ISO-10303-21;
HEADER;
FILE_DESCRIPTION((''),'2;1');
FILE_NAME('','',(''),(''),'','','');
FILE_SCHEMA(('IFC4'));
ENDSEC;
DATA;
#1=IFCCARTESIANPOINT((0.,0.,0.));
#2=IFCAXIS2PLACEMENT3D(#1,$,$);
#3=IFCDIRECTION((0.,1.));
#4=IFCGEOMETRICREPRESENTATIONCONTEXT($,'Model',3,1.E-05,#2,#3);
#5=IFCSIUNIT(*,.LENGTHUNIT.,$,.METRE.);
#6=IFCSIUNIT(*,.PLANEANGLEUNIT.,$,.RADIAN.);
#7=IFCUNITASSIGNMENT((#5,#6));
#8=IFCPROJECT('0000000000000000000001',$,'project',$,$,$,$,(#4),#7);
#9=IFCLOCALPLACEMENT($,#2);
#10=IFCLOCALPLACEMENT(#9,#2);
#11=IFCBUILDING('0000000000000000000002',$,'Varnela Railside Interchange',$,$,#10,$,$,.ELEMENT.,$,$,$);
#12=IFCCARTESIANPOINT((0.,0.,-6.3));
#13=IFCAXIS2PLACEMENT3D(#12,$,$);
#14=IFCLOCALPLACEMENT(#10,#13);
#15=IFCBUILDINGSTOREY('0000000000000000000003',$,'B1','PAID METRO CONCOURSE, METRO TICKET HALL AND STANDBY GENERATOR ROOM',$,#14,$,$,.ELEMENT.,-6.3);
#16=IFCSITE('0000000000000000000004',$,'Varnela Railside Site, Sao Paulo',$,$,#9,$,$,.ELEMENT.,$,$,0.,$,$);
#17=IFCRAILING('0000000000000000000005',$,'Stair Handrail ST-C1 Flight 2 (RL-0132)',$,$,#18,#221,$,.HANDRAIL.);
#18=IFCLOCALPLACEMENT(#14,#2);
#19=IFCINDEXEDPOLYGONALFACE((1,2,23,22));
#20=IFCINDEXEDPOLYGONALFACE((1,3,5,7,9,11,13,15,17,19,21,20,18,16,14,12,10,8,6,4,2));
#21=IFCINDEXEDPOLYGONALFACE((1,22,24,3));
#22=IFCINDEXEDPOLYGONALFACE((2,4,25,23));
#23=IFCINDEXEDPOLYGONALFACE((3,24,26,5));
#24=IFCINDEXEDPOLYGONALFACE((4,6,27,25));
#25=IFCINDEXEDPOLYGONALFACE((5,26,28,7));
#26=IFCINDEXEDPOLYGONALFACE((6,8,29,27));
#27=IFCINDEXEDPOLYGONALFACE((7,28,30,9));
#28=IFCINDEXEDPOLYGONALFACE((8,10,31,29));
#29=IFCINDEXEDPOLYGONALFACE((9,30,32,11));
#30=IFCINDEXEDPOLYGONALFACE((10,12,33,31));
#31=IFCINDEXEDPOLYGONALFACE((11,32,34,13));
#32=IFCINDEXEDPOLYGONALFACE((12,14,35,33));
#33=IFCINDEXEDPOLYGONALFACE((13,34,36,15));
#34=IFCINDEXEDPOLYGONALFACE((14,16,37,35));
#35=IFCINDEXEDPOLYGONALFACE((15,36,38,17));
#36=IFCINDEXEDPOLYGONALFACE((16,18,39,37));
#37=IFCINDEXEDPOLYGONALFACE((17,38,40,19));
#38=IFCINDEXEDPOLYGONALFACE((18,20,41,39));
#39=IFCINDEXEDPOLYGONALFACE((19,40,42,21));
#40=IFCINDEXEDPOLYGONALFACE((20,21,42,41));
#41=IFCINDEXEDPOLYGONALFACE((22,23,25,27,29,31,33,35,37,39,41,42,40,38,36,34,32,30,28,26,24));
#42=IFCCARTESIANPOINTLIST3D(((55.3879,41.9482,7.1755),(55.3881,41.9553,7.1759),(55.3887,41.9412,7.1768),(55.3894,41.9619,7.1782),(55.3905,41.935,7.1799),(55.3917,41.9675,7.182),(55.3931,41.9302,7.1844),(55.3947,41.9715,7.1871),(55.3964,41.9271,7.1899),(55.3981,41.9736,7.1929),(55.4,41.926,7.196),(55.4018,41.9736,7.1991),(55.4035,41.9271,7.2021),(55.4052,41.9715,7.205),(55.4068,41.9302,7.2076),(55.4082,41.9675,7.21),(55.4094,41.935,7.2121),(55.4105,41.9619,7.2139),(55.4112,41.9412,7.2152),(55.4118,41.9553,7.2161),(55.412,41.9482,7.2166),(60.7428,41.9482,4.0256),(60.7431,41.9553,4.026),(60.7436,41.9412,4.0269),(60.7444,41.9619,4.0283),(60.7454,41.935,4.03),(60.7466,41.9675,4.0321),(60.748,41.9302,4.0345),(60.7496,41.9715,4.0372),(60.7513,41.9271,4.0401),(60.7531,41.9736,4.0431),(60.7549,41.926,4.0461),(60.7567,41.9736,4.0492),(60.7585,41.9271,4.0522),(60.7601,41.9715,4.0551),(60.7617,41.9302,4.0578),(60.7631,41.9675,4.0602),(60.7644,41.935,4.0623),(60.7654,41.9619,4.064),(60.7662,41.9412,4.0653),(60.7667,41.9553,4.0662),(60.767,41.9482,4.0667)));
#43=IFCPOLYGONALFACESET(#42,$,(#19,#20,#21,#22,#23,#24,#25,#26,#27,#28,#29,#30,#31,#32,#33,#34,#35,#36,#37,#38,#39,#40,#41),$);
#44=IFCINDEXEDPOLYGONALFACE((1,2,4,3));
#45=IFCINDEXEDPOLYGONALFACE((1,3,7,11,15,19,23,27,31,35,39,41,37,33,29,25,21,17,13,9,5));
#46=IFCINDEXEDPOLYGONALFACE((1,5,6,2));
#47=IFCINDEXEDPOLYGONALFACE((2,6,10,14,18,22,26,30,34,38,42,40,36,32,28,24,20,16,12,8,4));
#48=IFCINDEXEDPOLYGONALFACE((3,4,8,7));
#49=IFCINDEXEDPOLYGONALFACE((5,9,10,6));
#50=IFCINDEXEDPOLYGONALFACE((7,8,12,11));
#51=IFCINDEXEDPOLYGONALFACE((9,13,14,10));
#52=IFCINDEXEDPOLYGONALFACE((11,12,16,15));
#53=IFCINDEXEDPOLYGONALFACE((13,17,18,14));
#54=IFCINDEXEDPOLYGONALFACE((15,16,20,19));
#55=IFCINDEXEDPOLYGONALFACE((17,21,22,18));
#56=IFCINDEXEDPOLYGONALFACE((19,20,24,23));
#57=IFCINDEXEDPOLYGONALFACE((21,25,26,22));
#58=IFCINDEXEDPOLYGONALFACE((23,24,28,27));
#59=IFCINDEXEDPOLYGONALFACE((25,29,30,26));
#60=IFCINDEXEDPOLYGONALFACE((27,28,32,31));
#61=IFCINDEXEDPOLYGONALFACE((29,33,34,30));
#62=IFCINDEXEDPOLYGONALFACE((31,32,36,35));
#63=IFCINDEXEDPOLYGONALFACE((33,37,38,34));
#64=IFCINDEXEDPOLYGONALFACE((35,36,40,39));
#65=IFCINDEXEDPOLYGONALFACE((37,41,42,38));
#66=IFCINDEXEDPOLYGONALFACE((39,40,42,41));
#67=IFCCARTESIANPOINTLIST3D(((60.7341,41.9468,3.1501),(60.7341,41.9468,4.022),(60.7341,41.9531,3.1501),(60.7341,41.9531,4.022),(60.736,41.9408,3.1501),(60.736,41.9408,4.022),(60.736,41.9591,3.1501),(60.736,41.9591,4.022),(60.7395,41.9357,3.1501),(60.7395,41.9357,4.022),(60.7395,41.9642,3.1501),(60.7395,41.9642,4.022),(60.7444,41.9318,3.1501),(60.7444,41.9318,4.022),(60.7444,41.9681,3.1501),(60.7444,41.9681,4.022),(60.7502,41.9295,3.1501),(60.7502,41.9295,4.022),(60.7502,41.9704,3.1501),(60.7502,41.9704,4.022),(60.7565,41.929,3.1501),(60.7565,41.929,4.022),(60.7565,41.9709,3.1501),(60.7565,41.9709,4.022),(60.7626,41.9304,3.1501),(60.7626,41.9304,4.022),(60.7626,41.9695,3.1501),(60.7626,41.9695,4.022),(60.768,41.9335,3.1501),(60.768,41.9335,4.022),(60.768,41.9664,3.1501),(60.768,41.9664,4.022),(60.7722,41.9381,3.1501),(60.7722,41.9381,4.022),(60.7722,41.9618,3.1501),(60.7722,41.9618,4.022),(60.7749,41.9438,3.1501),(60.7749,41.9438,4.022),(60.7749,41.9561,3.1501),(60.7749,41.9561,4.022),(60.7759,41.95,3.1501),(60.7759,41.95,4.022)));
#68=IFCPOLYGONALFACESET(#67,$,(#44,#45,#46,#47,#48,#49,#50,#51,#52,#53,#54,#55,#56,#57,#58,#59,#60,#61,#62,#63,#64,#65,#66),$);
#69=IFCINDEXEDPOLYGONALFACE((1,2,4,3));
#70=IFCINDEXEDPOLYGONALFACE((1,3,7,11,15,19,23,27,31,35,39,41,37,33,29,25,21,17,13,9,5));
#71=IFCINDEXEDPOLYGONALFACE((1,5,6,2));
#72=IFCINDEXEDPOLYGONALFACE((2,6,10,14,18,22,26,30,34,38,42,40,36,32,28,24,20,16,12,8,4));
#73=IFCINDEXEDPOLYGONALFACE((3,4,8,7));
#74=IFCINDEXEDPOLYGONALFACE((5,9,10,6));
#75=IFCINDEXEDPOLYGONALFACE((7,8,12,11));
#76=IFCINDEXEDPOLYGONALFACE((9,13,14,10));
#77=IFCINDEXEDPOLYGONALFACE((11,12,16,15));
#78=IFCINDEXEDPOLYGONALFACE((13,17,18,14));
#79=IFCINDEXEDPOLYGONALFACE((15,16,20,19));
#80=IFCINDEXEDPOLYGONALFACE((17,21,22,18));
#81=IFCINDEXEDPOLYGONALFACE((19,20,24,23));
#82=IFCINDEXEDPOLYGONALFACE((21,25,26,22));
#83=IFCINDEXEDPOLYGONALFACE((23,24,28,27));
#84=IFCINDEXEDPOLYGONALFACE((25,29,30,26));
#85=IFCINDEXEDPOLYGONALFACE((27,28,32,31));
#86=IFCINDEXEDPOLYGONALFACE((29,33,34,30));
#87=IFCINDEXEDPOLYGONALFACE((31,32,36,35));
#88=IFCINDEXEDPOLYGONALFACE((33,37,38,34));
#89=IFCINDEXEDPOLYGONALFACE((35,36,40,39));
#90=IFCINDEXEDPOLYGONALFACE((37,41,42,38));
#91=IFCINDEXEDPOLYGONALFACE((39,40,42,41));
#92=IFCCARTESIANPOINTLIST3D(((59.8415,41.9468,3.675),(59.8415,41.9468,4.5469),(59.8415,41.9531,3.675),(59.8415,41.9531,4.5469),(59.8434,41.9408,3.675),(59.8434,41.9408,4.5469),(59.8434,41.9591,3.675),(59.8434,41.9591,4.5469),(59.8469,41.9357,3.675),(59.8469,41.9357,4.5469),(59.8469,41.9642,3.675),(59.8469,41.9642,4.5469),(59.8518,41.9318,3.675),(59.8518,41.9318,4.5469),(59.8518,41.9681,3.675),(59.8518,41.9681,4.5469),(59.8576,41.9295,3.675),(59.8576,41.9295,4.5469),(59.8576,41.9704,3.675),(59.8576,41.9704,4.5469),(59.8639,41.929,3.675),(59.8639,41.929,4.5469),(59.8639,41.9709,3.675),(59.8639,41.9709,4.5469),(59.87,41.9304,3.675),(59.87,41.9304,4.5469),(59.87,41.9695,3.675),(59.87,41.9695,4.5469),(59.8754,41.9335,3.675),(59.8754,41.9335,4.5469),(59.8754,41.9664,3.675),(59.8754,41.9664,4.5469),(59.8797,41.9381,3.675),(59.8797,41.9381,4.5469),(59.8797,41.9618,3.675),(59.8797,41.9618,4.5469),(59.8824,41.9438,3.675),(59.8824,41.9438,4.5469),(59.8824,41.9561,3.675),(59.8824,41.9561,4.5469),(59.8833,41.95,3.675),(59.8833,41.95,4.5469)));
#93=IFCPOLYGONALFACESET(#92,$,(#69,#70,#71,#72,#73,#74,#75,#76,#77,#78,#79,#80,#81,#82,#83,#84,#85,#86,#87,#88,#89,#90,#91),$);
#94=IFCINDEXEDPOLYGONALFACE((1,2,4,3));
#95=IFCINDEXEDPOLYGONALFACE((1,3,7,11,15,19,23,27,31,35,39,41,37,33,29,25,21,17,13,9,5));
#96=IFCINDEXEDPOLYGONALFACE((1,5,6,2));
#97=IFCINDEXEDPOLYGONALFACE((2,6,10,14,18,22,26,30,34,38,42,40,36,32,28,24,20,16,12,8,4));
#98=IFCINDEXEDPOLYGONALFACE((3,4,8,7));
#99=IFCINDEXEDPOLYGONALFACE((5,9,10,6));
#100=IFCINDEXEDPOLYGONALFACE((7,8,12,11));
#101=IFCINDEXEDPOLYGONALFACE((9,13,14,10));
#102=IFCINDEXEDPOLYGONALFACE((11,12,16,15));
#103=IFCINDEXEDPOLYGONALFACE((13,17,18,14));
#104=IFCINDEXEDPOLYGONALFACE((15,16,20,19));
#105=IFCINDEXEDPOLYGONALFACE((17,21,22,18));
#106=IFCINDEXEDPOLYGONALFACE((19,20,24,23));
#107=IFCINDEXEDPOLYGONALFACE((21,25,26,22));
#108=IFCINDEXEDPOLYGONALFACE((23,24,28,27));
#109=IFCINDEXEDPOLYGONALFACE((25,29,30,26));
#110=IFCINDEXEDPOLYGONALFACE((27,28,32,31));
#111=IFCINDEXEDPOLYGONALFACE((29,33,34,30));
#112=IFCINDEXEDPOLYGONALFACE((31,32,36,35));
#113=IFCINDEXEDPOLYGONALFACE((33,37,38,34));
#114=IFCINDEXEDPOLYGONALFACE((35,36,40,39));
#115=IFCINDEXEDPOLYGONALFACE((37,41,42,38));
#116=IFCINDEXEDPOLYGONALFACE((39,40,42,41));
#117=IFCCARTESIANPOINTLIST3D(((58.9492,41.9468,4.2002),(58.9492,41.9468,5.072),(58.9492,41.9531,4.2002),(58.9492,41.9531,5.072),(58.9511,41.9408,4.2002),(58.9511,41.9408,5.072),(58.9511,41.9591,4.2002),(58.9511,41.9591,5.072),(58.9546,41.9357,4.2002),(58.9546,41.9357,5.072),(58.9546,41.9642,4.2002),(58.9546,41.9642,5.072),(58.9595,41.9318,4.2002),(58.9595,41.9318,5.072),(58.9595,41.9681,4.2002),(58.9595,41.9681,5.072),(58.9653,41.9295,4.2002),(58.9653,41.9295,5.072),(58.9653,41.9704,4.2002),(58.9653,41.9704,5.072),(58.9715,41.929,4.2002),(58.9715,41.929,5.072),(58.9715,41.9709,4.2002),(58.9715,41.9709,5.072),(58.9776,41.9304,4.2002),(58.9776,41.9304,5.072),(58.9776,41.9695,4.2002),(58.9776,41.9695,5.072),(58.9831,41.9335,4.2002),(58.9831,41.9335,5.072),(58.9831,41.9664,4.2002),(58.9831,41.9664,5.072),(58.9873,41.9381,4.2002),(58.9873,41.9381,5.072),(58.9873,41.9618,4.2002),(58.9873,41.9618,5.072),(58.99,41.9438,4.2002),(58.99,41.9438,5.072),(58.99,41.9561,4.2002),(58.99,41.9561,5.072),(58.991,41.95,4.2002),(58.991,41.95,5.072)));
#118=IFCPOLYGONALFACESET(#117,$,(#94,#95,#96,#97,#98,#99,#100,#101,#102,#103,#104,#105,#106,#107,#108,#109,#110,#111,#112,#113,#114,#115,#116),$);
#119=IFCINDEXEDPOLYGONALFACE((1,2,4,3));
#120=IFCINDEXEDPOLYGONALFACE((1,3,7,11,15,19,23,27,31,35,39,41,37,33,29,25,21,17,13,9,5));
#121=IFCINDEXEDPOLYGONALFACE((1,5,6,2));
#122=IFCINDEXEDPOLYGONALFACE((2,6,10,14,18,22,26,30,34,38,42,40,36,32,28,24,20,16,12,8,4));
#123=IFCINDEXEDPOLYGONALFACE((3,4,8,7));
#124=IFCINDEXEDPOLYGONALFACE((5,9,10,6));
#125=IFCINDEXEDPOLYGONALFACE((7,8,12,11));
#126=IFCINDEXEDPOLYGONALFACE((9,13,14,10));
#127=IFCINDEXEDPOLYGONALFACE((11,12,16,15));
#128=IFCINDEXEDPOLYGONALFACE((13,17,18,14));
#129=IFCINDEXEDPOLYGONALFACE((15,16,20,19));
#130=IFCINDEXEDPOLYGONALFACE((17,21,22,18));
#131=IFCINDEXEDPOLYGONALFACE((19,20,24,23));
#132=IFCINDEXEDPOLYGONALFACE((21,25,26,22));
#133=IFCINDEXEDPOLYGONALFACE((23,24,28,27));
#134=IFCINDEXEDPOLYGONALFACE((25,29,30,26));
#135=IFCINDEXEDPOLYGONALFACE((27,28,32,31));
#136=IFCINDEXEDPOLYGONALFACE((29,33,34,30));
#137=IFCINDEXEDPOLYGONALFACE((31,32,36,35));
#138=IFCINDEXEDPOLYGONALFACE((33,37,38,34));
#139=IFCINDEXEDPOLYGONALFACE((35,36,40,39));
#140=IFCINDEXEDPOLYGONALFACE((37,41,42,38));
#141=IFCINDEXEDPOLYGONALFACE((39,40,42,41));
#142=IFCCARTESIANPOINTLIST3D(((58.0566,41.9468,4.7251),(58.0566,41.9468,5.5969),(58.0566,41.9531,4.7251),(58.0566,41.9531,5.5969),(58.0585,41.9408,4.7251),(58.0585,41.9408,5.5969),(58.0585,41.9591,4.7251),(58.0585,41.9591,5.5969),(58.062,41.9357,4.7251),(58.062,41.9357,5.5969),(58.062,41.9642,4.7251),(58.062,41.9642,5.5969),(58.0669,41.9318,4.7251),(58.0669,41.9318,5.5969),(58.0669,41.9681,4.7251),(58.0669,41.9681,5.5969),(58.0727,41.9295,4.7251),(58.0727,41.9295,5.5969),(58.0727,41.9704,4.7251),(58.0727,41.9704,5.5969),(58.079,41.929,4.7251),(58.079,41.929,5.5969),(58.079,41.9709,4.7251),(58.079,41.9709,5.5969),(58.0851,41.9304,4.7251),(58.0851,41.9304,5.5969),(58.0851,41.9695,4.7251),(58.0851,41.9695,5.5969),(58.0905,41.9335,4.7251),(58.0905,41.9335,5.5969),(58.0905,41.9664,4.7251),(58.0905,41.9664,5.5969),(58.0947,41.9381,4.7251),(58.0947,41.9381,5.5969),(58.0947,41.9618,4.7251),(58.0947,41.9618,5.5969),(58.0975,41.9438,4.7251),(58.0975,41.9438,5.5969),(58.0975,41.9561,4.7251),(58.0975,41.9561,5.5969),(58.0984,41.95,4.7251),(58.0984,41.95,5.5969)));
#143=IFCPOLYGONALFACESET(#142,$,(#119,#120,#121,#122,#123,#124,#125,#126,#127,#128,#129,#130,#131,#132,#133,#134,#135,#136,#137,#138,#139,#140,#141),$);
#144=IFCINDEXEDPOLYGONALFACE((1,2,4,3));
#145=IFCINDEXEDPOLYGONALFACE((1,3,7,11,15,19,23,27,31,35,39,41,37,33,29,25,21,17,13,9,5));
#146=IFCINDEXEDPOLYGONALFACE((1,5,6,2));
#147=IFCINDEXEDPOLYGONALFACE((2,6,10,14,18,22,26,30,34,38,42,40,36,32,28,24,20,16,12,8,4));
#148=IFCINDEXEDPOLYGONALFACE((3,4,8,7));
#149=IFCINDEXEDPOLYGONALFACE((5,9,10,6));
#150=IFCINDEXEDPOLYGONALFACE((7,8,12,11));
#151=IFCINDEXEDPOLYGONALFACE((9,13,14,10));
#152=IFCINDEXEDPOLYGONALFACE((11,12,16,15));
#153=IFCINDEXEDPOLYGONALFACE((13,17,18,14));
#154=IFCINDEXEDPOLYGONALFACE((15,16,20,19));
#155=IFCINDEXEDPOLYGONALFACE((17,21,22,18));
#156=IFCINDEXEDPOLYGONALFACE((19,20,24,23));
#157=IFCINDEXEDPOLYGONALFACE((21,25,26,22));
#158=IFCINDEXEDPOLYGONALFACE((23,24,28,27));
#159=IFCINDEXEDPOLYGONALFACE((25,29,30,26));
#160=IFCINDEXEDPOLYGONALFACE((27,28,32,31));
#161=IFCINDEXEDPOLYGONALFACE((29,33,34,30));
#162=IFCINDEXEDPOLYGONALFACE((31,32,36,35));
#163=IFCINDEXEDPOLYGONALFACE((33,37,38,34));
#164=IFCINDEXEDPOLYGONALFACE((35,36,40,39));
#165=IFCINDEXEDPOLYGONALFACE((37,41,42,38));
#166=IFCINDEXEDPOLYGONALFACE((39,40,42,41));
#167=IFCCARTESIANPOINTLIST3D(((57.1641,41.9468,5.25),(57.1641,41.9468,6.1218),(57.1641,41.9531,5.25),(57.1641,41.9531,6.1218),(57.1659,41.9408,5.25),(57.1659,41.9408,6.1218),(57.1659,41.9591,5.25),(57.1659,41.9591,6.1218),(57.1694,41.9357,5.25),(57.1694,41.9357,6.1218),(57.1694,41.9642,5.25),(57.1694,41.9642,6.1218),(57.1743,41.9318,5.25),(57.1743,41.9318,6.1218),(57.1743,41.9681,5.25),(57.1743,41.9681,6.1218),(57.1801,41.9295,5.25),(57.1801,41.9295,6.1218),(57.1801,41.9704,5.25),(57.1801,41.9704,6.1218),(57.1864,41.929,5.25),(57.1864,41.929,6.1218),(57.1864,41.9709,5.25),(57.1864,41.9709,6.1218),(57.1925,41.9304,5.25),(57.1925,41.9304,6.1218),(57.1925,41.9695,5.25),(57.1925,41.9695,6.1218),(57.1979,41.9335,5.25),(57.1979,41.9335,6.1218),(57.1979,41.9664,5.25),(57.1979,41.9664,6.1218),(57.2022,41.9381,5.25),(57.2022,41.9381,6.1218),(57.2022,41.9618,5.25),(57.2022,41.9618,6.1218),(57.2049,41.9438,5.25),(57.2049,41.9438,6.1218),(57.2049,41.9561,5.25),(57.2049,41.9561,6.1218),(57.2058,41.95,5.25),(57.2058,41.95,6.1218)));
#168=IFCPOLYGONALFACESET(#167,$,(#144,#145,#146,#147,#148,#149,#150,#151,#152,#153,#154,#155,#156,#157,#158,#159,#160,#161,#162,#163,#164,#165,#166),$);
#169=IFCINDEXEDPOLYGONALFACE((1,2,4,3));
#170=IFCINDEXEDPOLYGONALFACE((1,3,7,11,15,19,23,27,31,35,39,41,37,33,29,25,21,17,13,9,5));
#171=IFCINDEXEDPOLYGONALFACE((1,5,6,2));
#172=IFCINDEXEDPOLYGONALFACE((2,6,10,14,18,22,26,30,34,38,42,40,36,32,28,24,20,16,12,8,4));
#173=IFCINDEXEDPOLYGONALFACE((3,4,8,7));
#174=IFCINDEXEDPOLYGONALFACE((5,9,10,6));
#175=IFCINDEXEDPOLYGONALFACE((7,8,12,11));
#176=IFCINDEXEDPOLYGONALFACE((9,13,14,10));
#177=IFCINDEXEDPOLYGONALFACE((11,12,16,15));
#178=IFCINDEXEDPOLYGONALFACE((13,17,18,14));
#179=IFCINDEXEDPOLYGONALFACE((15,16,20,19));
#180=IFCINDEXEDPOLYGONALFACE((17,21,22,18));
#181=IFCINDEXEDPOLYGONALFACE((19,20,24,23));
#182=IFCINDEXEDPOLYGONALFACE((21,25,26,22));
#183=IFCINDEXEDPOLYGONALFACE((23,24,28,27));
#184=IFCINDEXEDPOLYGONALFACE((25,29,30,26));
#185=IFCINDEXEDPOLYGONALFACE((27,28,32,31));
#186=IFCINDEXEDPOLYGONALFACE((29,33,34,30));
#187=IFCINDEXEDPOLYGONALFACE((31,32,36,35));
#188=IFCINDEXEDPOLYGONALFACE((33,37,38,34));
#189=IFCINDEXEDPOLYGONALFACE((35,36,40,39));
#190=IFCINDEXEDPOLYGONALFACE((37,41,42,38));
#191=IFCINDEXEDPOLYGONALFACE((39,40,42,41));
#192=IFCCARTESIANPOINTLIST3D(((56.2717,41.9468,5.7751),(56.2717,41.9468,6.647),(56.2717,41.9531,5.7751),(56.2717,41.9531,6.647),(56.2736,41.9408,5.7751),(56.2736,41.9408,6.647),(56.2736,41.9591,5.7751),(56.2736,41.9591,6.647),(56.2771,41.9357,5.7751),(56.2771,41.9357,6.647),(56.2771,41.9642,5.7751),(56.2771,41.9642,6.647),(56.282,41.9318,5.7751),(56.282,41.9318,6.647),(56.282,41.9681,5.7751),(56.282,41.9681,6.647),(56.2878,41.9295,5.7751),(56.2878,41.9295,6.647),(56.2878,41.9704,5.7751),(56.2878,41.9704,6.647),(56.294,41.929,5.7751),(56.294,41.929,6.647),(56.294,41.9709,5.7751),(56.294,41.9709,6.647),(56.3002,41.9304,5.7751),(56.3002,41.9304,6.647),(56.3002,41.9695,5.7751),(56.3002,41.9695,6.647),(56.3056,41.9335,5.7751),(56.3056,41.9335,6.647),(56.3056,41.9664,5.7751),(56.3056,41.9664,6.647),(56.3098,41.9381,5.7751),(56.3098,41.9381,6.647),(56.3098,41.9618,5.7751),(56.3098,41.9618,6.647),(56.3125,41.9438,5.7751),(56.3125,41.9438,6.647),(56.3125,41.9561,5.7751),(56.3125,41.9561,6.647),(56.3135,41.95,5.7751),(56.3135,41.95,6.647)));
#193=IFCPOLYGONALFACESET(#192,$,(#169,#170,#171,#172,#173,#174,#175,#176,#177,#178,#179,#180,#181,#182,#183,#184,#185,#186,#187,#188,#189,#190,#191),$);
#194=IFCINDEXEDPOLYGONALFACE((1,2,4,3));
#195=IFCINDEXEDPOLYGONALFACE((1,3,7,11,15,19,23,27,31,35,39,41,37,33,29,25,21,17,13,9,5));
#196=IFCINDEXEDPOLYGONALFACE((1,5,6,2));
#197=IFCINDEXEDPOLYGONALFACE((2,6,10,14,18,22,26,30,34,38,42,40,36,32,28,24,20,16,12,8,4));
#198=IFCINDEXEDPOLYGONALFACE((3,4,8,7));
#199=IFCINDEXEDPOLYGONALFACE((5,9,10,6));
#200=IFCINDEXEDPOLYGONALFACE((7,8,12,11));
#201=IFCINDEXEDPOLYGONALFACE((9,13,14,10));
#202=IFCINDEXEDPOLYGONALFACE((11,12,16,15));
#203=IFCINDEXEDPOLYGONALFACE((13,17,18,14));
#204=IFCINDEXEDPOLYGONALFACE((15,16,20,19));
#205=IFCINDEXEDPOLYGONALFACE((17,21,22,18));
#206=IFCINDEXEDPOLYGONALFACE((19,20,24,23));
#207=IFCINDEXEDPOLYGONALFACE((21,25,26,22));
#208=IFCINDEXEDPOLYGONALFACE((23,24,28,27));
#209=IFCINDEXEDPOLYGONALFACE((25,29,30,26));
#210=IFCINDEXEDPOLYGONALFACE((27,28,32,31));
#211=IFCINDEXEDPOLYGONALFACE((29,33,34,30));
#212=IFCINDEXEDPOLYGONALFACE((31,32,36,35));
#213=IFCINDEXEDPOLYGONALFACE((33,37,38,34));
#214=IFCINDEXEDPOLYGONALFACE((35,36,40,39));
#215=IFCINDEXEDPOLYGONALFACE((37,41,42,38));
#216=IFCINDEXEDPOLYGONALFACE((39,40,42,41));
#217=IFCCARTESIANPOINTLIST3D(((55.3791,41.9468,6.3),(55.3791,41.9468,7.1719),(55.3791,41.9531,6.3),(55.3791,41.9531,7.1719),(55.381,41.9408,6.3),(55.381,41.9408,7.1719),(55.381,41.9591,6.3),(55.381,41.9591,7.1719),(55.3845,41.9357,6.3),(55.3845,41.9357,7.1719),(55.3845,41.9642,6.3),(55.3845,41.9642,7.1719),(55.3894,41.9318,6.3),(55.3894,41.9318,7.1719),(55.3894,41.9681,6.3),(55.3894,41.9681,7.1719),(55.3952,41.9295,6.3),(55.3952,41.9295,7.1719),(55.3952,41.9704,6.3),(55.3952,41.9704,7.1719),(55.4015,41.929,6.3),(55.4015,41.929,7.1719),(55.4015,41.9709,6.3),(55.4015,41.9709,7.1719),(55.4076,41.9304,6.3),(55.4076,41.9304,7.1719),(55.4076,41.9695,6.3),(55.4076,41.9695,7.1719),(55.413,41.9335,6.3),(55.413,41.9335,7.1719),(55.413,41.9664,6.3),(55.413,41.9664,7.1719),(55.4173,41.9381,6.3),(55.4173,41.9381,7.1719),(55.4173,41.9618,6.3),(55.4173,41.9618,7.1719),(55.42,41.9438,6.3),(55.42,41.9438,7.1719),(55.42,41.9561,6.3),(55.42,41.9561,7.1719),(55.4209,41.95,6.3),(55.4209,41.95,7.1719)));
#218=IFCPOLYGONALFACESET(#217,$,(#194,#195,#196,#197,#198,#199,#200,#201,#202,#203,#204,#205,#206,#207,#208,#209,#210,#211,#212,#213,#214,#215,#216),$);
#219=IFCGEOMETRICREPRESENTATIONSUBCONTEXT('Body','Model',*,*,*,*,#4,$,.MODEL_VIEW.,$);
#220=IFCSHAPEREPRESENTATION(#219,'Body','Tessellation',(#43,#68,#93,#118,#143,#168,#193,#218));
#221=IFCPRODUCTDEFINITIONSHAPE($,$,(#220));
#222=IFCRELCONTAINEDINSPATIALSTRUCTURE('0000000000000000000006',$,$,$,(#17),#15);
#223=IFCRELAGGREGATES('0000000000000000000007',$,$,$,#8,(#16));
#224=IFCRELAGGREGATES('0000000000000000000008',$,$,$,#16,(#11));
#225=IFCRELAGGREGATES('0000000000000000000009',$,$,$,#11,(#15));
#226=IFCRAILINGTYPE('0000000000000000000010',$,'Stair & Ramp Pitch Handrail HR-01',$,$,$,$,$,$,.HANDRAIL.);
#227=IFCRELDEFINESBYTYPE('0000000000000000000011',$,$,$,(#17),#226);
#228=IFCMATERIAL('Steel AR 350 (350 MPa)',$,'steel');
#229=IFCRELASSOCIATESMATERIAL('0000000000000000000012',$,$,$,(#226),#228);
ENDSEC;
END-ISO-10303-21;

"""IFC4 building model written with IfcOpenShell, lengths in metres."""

from ifc_helpers import new_model, si_unit, direction, frame, origin, origin_2d, place, context, subcontext, project, spatial, circle, extrude, material, type_object, element, save


model = new_model("IFC4")

# Units and contexts
model_context = context("Model", 3, precision=1e-05, world=origin(), true_north=direction((0.0, 1.0)))
body_context = subcontext(model_context, "Body", "Model", "MODEL_VIEW")
ifc_project = project(units=[si_unit("LENGTHUNIT", "METRE"), si_unit("PLANEANGLEUNIT", "RADIAN")], contexts=[model_context])

# Site, building, storey
site_placement = place(None, origin())
site = spatial("IfcSite", under=ifc_project, at=site_placement, Name="Varnela Railside Site, Sao Paulo", CompositionType="ELEMENT", RefElevation=0.0)
building_placement = place(site_placement, origin())
building = spatial("IfcBuilding", under=site, at=building_placement, Name="Varnela Railside Interchange", CompositionType="ELEMENT")
storey_placement = place(building_placement, frame((0.0, 0.0, -6.3)))
storey = spatial("IfcBuildingStorey", under=building, at=storey_placement, Name="B1", Description="PAID METRO CONCOURSE, METRO TICKET HALL AND STANDBY GENERATOR ROOM", CompositionType="ELEMENT", Elevation=-6.3)

# Shared definitions
ifc_material_1 = material(Name="Steel AR 350 (350 MPa)", Category="steel")

# Railing
railing_type_1 = type_object("IfcRailingType", Name="Stair & Ramp Pitch Handrail HR-01", PredefinedType="HANDRAIL", material=ifc_material_1)
railing_1_placement = place(storey_placement, frame((60.7549, 41.95, 3.1501)))
element("IfcRailing", 1, at=railing_1_placement, inside=storey, type_object=railing_type_1, Name="Stair Handrail ST-C1 Flight 2 (RL-0132)", PredefinedType="HANDRAIL", context=body_context, shape_type="SweptSolid", body=[
    extrude(circle(Radius=0.0239, at=origin_2d()), frame((0.0, 0.0, 0.896), z_axis=(-0.86194, 0.0, 0.50701), x_axis=(0.0, -1.0, 0.0)), (0.0, 0.0, 1.0), 6.2126),
    extrude(circle(Radius=0.021, at=origin_2d()), origin(), (0.0, 0.0, 1.0), 0.8718),
    extrude(circle(Radius=0.021, at=origin_2d()), frame((-0.8926, 0.0, 0.5249)), (0.0, 0.0, 1.0), 0.8718),
    extrude(circle(Radius=0.021, at=origin_2d()), frame((-1.7849, 0.0, 1.05)), (0.0, 0.0, 1.0), 0.8718),
    extrude(circle(Radius=0.021, at=origin_2d()), frame((-2.6775, 0.0, 1.575)), (0.0, 0.0, 1.0), 0.8718),
    extrude(circle(Radius=0.021, at=origin_2d()), frame((-3.5701, 0.0, 2.0999)), (0.0, 0.0, 1.0), 0.8718),
    extrude(circle(Radius=0.021, at=origin_2d()), frame((-4.4624, 0.0, 2.625)), (0.0, 0.0, 1.0), 0.8718),
    extrude(circle(Radius=0.021, at=origin_2d()), frame((-5.355, 0.0, 3.1499)), (0.0, 0.0, 1.0), 0.8718),
])

save(model, "model.ifc")
